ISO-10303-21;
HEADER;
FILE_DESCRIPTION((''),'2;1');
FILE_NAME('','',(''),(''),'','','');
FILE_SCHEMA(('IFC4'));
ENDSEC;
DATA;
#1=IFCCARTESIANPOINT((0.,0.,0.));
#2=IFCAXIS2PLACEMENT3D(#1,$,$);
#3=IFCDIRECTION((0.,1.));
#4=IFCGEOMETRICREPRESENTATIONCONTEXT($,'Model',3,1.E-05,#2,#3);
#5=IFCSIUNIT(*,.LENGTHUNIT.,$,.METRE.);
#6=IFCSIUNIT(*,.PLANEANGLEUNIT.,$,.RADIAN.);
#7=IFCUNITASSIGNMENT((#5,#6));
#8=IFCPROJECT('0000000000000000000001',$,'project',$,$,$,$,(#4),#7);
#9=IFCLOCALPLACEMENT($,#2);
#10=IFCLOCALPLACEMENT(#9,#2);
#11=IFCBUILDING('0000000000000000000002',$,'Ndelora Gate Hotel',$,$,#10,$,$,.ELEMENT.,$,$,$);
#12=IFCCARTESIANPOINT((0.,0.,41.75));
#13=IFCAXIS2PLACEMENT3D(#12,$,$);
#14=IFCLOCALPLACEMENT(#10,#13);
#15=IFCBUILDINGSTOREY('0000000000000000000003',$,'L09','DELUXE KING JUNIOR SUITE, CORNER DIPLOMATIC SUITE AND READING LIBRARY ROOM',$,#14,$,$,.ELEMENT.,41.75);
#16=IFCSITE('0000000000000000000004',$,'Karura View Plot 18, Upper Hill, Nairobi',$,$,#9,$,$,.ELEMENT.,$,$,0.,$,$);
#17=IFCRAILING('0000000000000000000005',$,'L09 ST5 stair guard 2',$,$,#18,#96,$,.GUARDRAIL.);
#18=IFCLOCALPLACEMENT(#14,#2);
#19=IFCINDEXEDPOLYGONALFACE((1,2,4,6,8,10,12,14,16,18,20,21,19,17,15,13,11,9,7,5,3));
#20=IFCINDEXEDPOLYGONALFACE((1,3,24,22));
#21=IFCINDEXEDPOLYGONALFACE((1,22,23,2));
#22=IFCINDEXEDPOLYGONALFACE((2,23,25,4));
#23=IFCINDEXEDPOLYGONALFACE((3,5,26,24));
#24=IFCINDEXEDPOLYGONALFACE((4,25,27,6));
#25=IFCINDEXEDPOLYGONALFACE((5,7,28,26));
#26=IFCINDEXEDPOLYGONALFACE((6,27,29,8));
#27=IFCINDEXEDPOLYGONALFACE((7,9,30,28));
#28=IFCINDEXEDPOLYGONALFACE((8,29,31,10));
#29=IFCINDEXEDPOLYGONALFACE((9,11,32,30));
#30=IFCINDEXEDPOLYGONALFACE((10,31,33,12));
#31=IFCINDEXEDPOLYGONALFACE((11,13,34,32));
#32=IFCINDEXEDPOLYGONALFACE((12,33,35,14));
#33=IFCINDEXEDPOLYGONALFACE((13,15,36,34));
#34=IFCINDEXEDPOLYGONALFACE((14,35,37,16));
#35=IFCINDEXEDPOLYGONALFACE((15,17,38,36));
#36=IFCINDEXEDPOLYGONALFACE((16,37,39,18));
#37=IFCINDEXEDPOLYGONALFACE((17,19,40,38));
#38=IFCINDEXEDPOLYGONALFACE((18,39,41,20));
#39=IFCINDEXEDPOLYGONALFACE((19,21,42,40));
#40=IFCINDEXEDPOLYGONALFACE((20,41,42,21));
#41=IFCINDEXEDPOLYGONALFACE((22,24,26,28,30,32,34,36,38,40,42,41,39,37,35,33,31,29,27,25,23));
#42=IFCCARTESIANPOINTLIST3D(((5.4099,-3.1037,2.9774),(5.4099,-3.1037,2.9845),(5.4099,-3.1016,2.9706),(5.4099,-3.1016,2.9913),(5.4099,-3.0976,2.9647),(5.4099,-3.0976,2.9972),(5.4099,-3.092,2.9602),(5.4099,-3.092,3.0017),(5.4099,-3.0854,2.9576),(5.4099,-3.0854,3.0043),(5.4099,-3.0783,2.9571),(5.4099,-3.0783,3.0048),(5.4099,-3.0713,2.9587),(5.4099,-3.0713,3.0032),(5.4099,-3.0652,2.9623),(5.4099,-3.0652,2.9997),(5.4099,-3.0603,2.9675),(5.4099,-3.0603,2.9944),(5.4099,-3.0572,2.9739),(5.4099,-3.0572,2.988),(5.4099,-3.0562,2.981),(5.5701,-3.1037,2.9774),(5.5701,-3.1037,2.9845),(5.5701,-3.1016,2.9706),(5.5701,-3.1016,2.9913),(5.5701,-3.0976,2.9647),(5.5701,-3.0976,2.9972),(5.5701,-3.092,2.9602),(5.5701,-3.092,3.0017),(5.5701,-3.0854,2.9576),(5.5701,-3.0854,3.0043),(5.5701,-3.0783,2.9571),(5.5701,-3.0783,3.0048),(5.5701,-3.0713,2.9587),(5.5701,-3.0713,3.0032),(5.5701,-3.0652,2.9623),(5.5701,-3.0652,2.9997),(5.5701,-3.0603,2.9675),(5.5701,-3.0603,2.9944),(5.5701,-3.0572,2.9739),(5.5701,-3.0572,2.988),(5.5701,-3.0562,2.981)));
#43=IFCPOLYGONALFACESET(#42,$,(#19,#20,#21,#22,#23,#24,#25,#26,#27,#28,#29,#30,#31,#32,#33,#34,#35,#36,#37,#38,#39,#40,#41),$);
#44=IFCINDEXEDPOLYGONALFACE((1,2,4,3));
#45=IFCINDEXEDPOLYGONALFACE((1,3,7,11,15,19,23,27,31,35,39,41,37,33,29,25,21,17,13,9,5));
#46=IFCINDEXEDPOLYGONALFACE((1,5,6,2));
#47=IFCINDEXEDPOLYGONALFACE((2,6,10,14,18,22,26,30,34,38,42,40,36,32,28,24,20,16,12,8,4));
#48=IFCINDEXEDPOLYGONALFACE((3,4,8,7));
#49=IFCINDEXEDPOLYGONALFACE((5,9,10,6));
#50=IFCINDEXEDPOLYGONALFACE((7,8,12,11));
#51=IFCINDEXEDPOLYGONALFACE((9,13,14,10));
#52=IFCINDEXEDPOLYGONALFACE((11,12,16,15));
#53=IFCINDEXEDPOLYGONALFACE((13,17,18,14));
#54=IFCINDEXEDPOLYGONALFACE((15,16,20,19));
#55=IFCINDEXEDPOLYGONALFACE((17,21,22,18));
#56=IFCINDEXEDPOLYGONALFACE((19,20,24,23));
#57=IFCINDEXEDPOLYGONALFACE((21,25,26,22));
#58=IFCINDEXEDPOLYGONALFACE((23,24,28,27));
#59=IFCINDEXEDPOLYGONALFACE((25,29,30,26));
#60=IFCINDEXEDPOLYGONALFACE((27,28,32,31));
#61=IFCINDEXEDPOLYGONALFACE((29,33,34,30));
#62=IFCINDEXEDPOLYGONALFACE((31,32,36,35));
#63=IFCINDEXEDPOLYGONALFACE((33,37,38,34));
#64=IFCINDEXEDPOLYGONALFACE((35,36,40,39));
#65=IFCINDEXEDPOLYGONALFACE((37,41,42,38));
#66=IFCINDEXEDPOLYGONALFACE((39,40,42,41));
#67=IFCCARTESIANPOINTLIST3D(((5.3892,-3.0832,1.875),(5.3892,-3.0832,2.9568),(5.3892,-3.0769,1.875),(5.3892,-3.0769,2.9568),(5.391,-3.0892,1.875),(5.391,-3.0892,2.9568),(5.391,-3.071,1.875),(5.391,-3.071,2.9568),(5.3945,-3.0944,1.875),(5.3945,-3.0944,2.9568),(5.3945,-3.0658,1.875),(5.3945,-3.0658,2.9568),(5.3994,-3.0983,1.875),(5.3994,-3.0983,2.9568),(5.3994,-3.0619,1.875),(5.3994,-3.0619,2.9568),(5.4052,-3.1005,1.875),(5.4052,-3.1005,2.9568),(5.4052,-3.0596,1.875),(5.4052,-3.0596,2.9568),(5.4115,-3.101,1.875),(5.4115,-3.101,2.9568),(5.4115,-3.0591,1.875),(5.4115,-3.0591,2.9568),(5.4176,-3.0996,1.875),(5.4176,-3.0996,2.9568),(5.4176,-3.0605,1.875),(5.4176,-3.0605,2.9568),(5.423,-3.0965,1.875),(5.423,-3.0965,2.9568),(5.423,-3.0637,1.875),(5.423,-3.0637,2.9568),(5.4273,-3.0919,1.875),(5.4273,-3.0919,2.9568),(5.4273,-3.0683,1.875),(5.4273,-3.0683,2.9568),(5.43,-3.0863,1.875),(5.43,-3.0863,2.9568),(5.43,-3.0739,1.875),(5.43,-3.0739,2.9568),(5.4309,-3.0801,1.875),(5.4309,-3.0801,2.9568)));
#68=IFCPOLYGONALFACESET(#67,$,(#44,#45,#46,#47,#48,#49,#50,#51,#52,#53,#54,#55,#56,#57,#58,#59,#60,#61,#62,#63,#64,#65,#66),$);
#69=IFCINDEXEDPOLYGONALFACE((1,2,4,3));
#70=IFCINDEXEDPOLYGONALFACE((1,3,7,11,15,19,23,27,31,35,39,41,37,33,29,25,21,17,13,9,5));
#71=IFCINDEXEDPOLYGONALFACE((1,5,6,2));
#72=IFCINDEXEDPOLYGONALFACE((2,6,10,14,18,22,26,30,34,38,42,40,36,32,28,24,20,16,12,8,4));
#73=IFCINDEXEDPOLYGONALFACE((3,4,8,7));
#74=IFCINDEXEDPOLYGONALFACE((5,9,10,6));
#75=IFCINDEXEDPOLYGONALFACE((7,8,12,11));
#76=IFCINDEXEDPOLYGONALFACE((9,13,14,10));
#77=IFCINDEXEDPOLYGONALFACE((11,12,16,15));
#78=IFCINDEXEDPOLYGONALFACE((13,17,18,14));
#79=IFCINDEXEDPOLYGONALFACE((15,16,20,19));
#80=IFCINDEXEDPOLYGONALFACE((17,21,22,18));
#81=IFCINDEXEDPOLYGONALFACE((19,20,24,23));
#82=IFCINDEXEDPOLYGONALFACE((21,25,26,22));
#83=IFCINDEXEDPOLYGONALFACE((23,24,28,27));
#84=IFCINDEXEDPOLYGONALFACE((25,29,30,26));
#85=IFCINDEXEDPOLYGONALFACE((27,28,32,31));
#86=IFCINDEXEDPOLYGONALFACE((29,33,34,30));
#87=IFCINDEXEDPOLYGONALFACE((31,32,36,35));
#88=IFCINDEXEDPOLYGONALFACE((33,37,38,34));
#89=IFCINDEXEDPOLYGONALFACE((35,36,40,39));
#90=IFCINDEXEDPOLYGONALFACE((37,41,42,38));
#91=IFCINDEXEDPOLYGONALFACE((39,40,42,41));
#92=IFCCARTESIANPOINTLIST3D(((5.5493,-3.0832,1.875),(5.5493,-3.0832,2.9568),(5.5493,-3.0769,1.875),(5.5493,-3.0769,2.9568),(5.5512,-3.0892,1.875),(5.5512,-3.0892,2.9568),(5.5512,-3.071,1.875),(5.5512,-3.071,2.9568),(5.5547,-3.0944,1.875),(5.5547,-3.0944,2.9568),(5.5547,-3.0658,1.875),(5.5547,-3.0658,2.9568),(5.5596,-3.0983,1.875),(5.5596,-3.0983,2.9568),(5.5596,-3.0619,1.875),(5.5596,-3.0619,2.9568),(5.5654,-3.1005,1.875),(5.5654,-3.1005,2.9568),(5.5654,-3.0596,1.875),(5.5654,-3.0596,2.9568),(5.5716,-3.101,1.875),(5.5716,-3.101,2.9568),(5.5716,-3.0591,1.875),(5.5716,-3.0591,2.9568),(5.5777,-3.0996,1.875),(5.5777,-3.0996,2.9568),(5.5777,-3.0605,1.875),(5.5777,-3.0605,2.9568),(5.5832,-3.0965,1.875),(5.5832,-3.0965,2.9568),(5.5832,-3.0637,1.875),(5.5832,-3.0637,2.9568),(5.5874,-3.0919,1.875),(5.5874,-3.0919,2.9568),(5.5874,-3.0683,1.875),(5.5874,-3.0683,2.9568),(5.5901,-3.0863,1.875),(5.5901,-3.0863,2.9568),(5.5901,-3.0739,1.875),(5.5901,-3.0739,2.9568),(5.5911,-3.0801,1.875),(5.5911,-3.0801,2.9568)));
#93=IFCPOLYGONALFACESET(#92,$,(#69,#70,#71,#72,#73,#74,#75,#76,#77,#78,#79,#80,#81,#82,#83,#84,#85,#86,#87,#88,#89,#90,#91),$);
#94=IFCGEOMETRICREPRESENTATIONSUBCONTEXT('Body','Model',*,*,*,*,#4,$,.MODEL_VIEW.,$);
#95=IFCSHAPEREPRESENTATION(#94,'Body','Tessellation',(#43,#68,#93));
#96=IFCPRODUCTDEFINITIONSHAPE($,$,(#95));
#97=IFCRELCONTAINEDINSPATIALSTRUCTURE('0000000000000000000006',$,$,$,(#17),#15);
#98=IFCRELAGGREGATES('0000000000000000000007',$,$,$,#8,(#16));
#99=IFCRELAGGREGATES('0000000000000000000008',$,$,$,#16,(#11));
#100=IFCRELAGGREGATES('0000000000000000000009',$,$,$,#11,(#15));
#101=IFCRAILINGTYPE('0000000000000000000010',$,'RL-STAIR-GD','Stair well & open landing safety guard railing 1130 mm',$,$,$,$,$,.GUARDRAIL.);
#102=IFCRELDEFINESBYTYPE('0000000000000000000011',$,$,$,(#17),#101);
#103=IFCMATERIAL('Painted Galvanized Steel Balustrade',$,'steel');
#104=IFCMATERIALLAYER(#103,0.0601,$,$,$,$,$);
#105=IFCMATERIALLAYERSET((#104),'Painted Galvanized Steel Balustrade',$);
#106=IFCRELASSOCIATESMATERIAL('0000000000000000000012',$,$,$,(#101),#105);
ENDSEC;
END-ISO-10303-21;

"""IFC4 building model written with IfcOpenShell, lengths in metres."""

from ifc_helpers import new_model, si_unit, direction, frame, origin, origin_2d, place, context, subcontext, project, spatial, circle, extrude, material, layer, layer_set, type_object, element, save


model = new_model("IFC4")

# Units and contexts
model_context = context("Model", 3, precision=1e-05, world=origin(), true_north=direction((0.0, 1.0)))
body_context = subcontext(model_context, "Body", "Model", "MODEL_VIEW")
ifc_project = project(units=[si_unit("LENGTHUNIT", "METRE"), si_unit("PLANEANGLEUNIT", "RADIAN")], contexts=[model_context])

# Site, building, storey
site_placement = place(None, origin())
site = spatial("IfcSite", under=ifc_project, at=site_placement, Name="Karura View Plot 18, Upper Hill, Nairobi", CompositionType="ELEMENT", RefElevation=0.0)
building_placement = place(site_placement, origin())
building = spatial("IfcBuilding", under=site, at=building_placement, Name="Ndelora Gate Hotel", CompositionType="ELEMENT")
storey_placement = place(building_placement, frame((0.0, 0.0, 41.75)))
storey = spatial("IfcBuildingStorey", under=building, at=storey_placement, Name="L09", Description="DELUXE KING JUNIOR SUITE, CORNER DIPLOMATIC SUITE AND READING LIBRARY ROOM", CompositionType="ELEMENT", Elevation=41.75)

# Railing
ifc_material_1 = material(Name="Painted Galvanized Steel Balustrade", Category="steel")
ifc_layer_1 = layer(ifc_material_1, 0.0601)
ifc_layer_set_1 = layer_set([ifc_layer_1], Name="Painted Galvanized Steel Balustrade")
railing_type_1 = type_object("IfcRailingType", Name="RL-STAIR-GD", Description="Stair well & open landing safety guard railing 1130 mm", PredefinedType="GUARDRAIL", material=ifc_layer_set_1)
railing_1_placement = place(storey_placement, frame((5.4099, -3.0801, 1.875)))
element("IfcRailing", 1, at=railing_1_placement, inside=storey, type_object=railing_type_1, Name="L09 ST5 stair guard 2", PredefinedType="GUARDRAIL", context=body_context, shape_type="SweptSolid", body=[
    extrude(circle(Radius=0.0239, at=origin_2d()), frame((0.0, 0.0, 1.106), z_axis=(1.0, 0.0, 0.0), x_axis=(0.0, 1.0, 0.0)), (0.0, 0.0, 1.0), 0.1602),
    extrude(circle(Radius=0.021, at=origin_2d()), origin(), (0.0, 0.0, 1.0), 1.0818),
    extrude(circle(Radius=0.021, at=origin_2d()), frame((0.1602, 0.0, 0.0)), (0.0, 0.0, 1.0), 1.0818),
])

save(model, "model.ifc")
